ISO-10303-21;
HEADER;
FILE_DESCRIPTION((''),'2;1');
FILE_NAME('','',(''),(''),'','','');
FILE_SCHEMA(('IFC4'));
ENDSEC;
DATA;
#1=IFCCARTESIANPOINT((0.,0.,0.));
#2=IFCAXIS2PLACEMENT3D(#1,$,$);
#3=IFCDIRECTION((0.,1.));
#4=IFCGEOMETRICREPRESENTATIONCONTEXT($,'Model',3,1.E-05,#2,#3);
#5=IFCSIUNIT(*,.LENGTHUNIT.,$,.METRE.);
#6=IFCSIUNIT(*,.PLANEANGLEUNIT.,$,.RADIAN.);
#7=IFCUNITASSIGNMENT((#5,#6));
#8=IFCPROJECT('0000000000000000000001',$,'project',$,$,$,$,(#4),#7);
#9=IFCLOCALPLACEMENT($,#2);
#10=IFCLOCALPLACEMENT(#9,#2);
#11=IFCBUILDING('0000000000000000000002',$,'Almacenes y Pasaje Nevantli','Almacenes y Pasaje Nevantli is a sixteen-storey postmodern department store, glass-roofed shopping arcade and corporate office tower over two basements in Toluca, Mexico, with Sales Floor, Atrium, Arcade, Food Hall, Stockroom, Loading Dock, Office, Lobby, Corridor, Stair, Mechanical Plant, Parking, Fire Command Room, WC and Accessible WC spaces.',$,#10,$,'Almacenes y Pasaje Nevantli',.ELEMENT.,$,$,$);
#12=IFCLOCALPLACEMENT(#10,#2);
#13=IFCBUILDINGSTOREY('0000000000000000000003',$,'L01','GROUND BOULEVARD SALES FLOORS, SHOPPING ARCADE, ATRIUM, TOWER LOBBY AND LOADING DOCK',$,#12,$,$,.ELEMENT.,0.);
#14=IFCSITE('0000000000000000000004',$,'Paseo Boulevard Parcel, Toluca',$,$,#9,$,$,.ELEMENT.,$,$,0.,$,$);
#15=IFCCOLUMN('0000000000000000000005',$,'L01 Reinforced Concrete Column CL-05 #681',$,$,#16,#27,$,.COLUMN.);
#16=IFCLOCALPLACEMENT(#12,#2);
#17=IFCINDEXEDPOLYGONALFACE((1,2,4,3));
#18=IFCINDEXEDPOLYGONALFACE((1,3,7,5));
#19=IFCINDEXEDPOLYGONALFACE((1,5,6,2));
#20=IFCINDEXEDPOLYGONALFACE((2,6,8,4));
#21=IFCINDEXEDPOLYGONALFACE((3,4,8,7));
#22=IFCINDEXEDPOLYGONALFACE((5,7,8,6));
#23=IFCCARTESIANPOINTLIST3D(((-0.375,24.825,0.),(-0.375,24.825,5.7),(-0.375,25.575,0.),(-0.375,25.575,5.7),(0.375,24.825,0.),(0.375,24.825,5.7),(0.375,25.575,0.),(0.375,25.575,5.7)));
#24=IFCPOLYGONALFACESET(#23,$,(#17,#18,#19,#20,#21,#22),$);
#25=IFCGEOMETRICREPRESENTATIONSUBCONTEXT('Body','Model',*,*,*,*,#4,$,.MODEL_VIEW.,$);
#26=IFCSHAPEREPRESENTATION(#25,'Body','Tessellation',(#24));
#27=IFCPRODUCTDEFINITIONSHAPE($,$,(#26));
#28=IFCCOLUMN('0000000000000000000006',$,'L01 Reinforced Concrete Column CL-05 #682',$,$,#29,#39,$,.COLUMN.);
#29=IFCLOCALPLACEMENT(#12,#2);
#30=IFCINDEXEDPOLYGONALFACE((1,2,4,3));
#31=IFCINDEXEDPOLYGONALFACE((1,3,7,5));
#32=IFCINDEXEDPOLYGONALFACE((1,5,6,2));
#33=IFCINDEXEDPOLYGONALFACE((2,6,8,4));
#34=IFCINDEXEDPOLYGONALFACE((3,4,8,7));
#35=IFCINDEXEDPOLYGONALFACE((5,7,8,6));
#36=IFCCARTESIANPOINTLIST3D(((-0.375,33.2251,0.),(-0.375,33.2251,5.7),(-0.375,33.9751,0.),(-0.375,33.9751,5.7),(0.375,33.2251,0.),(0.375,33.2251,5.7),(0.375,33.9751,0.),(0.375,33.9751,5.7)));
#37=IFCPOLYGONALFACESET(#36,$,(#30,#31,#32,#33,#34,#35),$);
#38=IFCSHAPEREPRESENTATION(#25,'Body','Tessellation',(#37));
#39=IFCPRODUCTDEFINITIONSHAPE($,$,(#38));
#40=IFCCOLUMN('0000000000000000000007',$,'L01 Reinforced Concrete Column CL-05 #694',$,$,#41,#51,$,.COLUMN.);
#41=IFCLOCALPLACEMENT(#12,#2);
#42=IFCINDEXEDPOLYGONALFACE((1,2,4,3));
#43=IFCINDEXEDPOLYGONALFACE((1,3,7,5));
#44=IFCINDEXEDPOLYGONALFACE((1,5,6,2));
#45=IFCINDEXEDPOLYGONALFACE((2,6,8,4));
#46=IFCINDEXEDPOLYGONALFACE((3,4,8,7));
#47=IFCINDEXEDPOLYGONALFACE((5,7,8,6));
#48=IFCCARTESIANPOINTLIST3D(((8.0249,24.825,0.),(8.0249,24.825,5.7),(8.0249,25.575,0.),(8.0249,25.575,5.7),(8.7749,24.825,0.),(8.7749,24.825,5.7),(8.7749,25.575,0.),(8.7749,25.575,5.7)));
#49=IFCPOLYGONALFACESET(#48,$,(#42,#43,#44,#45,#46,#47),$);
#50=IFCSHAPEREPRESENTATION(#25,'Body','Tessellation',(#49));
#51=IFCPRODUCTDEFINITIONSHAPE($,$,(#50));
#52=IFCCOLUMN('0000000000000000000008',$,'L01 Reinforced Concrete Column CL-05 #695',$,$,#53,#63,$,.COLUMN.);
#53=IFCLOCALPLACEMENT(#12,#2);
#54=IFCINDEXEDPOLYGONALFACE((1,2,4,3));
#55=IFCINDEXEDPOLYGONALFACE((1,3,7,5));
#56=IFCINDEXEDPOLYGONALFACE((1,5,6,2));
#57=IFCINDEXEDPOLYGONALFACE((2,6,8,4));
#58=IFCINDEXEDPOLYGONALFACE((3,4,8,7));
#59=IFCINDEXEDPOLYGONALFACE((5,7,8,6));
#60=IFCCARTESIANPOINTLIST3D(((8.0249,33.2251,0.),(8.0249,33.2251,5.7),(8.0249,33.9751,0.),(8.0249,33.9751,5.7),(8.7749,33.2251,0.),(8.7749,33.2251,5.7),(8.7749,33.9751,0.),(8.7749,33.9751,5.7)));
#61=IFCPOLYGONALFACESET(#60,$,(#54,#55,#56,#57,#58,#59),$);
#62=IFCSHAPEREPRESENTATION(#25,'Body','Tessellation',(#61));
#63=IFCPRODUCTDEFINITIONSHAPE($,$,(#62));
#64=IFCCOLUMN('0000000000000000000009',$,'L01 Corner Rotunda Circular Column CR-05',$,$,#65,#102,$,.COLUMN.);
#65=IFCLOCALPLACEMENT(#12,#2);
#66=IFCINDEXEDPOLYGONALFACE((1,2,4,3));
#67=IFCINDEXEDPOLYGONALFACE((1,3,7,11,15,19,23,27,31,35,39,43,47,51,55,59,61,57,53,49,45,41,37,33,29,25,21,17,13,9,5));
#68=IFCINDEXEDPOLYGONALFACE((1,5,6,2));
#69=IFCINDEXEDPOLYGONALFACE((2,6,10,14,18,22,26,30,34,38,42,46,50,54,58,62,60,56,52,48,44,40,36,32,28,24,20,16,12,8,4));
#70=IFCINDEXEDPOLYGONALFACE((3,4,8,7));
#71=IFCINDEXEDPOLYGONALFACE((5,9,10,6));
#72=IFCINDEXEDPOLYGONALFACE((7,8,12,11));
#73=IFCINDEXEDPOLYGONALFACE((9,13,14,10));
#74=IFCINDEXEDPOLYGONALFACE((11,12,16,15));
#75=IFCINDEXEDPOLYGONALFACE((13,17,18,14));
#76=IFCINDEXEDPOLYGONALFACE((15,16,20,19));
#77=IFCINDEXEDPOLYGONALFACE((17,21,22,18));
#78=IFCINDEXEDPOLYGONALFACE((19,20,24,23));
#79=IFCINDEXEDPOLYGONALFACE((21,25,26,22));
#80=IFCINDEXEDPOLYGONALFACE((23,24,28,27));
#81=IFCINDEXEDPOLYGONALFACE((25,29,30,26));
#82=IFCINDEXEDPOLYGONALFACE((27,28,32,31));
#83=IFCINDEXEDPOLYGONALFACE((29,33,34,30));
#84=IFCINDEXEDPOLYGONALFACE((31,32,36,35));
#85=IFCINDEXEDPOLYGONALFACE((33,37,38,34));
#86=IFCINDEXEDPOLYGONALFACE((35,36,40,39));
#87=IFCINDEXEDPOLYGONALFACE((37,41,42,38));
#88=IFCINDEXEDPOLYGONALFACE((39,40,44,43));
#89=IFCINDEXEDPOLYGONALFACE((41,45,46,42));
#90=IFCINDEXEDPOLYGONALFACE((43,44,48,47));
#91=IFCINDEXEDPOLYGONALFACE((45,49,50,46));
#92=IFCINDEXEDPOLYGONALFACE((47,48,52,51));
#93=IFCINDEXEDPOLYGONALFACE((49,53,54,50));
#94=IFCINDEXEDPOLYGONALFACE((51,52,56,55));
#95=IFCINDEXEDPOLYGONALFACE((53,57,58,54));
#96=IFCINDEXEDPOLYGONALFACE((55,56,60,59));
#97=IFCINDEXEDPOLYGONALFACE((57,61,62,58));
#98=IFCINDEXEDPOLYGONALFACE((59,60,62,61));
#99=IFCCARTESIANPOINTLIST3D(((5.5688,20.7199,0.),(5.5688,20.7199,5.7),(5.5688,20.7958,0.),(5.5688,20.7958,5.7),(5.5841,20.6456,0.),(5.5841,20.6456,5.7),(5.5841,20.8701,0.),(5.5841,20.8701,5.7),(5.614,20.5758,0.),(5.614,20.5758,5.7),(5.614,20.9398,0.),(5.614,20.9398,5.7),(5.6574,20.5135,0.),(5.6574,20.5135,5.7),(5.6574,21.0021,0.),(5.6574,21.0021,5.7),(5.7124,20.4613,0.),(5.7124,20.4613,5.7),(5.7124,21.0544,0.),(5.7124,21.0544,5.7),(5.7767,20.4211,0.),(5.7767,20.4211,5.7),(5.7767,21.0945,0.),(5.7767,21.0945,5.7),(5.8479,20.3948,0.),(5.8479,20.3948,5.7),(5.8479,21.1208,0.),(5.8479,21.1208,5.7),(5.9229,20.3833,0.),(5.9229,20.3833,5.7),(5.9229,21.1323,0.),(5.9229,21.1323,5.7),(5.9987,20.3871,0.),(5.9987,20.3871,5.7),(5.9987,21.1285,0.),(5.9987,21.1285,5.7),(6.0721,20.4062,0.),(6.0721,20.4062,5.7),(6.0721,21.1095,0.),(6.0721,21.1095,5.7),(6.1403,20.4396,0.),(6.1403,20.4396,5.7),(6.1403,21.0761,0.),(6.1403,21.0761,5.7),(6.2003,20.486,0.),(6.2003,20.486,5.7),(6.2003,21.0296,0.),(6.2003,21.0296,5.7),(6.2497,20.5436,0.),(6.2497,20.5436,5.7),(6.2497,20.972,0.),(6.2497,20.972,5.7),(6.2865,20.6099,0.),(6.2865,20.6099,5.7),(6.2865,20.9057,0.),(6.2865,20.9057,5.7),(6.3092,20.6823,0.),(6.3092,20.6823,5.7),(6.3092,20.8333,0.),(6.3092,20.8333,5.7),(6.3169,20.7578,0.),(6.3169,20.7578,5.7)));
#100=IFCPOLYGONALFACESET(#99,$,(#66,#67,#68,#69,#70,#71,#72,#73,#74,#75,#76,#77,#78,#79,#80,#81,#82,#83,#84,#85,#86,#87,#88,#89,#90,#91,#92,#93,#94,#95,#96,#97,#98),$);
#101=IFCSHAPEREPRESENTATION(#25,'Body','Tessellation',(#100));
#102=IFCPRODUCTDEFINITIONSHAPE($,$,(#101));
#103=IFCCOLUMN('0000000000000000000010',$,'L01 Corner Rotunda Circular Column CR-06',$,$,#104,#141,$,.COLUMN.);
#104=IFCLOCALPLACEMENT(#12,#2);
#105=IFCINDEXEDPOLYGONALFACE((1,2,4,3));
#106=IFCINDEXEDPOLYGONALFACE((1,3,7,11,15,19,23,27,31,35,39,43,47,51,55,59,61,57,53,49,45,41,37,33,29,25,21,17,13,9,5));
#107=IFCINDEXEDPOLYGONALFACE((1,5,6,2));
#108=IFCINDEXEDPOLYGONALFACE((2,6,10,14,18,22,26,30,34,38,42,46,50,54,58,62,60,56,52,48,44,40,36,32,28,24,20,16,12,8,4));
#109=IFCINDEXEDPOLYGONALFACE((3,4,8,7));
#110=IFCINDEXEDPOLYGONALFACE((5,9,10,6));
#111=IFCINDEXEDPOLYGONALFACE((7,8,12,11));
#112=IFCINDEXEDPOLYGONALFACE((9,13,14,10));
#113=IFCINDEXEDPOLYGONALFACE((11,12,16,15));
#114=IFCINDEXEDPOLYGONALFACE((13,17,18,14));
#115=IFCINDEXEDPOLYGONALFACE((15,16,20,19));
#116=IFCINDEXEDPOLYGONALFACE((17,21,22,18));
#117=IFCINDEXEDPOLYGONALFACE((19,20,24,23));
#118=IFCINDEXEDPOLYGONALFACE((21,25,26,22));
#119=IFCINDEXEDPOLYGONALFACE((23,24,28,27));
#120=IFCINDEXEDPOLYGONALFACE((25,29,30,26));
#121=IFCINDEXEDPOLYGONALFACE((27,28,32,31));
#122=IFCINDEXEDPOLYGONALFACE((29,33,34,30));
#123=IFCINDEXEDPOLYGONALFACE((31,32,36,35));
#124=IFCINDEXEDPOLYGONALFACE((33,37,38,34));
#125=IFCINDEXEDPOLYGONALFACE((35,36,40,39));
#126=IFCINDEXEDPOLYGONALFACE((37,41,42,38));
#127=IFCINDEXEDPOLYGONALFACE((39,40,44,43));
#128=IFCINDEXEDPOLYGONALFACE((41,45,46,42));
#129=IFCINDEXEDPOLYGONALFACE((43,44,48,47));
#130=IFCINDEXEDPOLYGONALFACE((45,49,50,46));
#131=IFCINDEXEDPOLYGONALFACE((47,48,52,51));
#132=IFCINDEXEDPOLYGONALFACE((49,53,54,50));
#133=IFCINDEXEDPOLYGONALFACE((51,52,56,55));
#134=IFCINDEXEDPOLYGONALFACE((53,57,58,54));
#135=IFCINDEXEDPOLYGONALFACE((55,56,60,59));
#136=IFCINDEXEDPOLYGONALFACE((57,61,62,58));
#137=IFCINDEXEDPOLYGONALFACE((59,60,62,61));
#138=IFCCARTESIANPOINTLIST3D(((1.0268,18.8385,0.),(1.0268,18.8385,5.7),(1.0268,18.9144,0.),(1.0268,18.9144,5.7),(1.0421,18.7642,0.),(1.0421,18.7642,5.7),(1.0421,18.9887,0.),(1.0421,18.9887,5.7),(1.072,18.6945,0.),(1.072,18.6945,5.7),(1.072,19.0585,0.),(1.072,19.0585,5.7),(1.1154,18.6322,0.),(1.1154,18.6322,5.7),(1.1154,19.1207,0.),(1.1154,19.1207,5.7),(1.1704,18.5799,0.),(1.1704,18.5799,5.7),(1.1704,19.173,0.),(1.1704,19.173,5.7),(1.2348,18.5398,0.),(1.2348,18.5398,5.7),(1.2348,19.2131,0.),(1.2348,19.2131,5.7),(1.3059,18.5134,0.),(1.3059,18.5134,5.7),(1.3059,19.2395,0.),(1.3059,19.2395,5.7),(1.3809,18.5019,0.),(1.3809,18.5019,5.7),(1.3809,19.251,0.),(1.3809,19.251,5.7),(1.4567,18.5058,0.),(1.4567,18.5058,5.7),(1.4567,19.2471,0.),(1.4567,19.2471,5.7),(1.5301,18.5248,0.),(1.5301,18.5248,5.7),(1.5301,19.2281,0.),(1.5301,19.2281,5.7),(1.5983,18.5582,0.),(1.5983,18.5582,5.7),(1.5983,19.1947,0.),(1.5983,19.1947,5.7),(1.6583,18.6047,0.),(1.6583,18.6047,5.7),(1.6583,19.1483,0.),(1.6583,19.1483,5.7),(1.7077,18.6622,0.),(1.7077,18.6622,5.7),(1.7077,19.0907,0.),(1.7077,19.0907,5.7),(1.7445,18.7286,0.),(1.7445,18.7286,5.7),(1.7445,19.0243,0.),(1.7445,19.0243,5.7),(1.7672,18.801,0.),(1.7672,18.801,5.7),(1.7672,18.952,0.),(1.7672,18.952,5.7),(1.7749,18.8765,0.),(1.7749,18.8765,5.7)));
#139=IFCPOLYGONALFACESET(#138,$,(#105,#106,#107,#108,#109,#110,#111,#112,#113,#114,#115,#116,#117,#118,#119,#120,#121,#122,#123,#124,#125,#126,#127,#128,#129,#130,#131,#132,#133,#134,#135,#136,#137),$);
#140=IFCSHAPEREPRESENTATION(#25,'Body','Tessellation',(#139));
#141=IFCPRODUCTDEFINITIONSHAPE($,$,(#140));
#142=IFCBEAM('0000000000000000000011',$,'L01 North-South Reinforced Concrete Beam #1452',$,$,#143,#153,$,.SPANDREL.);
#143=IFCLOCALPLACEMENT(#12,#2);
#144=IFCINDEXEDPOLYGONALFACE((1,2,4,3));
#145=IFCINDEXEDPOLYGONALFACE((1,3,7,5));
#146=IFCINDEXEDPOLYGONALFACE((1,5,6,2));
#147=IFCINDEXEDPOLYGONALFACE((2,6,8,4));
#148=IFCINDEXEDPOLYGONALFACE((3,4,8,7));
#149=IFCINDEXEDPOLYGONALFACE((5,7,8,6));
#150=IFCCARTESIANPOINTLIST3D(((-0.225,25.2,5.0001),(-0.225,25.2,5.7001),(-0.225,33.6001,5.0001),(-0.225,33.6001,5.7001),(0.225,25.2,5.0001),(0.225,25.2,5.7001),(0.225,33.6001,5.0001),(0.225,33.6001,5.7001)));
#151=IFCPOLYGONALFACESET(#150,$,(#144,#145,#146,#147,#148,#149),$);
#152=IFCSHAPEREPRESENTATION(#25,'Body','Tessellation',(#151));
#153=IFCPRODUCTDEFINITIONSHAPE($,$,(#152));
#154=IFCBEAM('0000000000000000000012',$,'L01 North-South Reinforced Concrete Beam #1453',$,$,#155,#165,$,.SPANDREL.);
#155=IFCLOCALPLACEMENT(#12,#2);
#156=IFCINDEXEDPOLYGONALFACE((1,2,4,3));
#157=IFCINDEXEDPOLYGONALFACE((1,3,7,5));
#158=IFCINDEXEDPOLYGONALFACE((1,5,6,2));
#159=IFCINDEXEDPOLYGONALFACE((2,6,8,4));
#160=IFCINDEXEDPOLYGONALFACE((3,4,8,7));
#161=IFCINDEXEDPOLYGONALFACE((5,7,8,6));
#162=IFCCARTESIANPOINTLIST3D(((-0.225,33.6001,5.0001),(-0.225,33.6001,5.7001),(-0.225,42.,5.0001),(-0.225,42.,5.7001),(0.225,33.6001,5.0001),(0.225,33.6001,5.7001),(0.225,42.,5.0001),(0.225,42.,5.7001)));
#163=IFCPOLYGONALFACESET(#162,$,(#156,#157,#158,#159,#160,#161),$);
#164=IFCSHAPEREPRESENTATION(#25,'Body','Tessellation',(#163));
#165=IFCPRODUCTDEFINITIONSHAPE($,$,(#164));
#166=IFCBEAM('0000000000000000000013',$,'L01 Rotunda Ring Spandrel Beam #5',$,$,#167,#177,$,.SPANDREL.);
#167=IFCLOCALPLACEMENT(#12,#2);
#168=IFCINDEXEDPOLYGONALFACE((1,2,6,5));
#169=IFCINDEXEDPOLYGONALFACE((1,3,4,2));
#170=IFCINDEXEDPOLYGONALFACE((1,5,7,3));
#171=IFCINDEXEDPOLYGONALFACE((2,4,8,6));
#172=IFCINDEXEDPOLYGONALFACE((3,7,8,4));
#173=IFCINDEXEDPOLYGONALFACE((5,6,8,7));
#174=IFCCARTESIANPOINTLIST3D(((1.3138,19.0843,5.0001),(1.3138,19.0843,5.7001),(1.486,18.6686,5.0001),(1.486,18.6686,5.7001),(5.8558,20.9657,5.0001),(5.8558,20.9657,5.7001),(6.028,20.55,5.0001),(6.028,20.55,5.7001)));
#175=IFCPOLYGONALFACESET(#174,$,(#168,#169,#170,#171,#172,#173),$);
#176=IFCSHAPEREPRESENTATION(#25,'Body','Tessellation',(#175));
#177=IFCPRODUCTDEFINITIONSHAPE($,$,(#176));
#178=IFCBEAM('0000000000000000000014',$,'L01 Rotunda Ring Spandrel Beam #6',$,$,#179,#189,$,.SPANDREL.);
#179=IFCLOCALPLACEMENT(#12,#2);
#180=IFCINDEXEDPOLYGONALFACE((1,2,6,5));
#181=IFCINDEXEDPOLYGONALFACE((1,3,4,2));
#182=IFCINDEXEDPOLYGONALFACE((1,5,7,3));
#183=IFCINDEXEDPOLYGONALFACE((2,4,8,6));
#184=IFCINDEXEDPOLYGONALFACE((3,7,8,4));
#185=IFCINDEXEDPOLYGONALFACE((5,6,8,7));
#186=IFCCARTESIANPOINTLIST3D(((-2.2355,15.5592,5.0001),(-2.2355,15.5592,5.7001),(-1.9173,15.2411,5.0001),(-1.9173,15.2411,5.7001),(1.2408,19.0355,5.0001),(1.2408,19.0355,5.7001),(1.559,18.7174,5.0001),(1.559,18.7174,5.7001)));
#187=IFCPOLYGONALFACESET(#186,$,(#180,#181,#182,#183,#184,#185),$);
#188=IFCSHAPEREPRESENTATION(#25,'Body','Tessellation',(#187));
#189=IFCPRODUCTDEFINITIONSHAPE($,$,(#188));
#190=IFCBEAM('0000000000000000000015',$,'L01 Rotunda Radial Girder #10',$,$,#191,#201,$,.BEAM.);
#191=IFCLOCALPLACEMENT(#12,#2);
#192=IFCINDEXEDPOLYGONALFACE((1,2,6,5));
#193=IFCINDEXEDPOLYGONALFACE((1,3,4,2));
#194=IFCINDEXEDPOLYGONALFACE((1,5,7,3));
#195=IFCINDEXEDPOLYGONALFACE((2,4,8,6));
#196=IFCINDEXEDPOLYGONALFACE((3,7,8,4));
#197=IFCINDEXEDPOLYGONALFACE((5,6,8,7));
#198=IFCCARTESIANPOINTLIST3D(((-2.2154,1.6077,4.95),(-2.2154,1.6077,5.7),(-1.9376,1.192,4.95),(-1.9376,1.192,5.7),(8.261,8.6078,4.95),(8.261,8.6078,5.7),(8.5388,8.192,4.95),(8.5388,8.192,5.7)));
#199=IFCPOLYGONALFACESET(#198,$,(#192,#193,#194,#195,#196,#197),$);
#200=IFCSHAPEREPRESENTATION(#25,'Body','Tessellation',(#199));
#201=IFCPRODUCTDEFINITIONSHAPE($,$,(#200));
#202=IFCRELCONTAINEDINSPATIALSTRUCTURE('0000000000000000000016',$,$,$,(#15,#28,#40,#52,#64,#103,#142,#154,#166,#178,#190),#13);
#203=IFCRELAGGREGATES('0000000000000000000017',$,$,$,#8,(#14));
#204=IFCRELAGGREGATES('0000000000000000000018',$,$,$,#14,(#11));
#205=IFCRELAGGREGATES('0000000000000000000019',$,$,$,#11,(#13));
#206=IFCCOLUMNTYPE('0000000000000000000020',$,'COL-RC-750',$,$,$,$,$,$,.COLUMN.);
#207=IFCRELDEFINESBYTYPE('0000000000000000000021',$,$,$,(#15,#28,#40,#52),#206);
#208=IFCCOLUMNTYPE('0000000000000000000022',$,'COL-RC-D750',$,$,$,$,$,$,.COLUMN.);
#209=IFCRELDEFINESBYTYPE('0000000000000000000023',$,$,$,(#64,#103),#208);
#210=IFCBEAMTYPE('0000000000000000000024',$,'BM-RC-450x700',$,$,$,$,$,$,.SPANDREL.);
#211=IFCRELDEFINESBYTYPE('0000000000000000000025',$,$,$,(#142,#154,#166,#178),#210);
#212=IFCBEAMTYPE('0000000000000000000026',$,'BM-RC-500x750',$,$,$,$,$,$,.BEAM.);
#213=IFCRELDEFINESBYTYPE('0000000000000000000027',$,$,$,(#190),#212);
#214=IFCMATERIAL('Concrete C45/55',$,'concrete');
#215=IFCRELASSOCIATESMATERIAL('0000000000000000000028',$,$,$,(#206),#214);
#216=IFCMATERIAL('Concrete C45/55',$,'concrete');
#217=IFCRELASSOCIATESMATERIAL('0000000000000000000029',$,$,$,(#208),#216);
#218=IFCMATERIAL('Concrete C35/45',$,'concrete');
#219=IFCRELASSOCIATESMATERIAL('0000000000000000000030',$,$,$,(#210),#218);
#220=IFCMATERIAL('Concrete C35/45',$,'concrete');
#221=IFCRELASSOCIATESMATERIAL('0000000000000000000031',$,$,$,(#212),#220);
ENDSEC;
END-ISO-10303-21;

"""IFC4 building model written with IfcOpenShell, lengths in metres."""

from ifc_helpers import new_model, si_unit, direction, frame, origin, origin_2d, place, context, subcontext, project, spatial, rectangle, circle, extrude, material, material_profile, profile_set, type_object, element, save


model = new_model("IFC4")

# Units and contexts
model_context = context("Model", 3, precision=1e-05, world=origin(), true_north=direction((0.0, 1.0)))
body_context = subcontext(model_context, "Body", "Model", "MODEL_VIEW")
ifc_project = project(units=[si_unit("LENGTHUNIT", "METRE"), si_unit("PLANEANGLEUNIT", "RADIAN")], contexts=[model_context])

# Site, building, storey
site_placement = place(None, origin())
site = spatial("IfcSite", under=ifc_project, at=site_placement, Name="Paseo Boulevard Parcel, Toluca", CompositionType="ELEMENT", RefElevation=0.0)
building_placement = place(site_placement, origin())
building = spatial("IfcBuilding", under=site, at=building_placement, Name="Almacenes y Pasaje Nevantli", Description="Almacenes y Pasaje Nevantli is a sixteen-storey postmodern department store, glass-roofed shopping arcade and corporate office tower over two basements in Toluca, Mexico, with Sales Floor, Atrium, Arcade, Food Hall, Stockroom, Loading Dock, Office, Lobby, Corridor, Stair, Mechanical Plant, Parking, Fire Command Room, WC and Accessible WC spaces.", LongName="Almacenes y Pasaje Nevantli", CompositionType="ELEMENT")
storey_placement = place(building_placement, origin())
storey = spatial("IfcBuildingStorey", under=building, at=storey_placement, Name="L01", Description="GROUND BOULEVARD SALES FLOORS, SHOPPING ARCADE, ATRIUM, TOWER LOBBY AND LOADING DOCK", CompositionType="ELEMENT", Elevation=0.0)

# Columns
ifc_material_1 = material(Name="Concrete C45/55", Category="concrete")
ifc_material_profile_1 = material_profile(ifc_material_1, rectangle(XDim=0.75, YDim=0.75, at=origin_2d()), Name="RC-COL-750x750")
ifc_profile_set_1 = profile_set([ifc_material_profile_1], Name="Concrete C45/55")
column_type_1 = type_object("IfcColumnType", Name="COL-RC-750", PredefinedType="COLUMN", material=ifc_profile_set_1)
for number, where, z_axis, x_axis, name in (
    (1, (0.0, 25.2, 0.0), (0.0, 0.0, 1.0), (1.0, 0.0, 0.0), "L01 Reinforced Concrete Column CL-05 #681"),
    (2, (0.0, 33.6001, 0.0), (0.0, 0.0, 1.0), (1.0, 0.0, 0.0), "L01 Reinforced Concrete Column CL-05 #682"),
    (3, (8.3999, 25.2, 0.0), (0.0, 0.0, 1.0), (1.0, 0.0, 0.0), "L01 Reinforced Concrete Column CL-05 #694"),
    (4, (8.3999, 33.6001, 0.0), (0.0, 0.0, 1.0), (1.0, 0.0, 0.0), "L01 Reinforced Concrete Column CL-05 #695"),
):
    element("IfcColumn", number, at=place(storey_placement, frame(where, z_axis=z_axis, x_axis=x_axis)), inside=storey, type_object=column_type_1, Name=name, PredefinedType="COLUMN", context=body_context, shape_type="SweptSolid", body=[
        extrude(rectangle(XDim=0.75, YDim=0.75, at=origin_2d()), origin(), (0.0, 0.0, 1.0), 5.7),
    ])
ifc_material_2 = material(Name="Concrete C45/55", Category="concrete")
ifc_material_profile_2 = material_profile(ifc_material_2, circle(Radius=0.375, at=origin_2d()), Name="RC-COL-D750")
ifc_profile_set_2 = profile_set([ifc_material_profile_2], Name="Concrete C45/55")
column_type_2 = type_object("IfcColumnType", Name="COL-RC-D750", PredefinedType="COLUMN", material=ifc_profile_set_2)
for number, where, z_axis, x_axis, name in (
    (5, (5.9419, 20.7578, 0.0), (0.0, 0.0, 1.0), (1.0, 0.0, 0.0), "L01 Corner Rotunda Circular Column CR-05"),
    (6, (1.3999, 18.8765, 0.0), (0.0, 0.0, 1.0), (1.0, 0.0, 0.0), "L01 Corner Rotunda Circular Column CR-06"),
):
    element("IfcColumn", number, at=place(storey_placement, frame(where, z_axis=z_axis, x_axis=x_axis)), inside=storey, type_object=column_type_2, Name=name, PredefinedType="COLUMN", context=body_context, shape_type="SweptSolid", body=[
        extrude(circle(Radius=0.375, at=origin_2d()), origin(), (0.0, 0.0, 1.0), 5.7),
    ])

# Beams
ifc_material_3 = material(Name="Concrete C35/45", Category="concrete")
ifc_material_profile_3 = material_profile(ifc_material_3, rectangle(XDim=0.45, YDim=0.7, at=origin_2d()), Name="RC-BM-450x700")
ifc_profile_set_3 = profile_set([ifc_material_profile_3], Name="Concrete C35/45")
beam_type_1 = type_object("IfcBeamType", Name="BM-RC-450x700", PredefinedType="SPANDREL", material=ifc_profile_set_3)
beam_1_placement = place(storey_placement, frame((0.0, 25.2, 5.3501), z_axis=(0.0, 1.0, 0.0), x_axis=(-1.0, 0.0, 0.0)))
element("IfcBeam", 7, at=beam_1_placement, inside=storey, type_object=beam_type_1, Name="L01 North-South Reinforced Concrete Beam #1452", PredefinedType="SPANDREL", context=body_context, shape_type="SweptSolid", body=[
    extrude(rectangle(XDim=0.45, YDim=0.7, at=origin_2d()), origin(), (0.0, 0.0, 1.0), 8.4001),
])
beam_2_placement = place(storey_placement, frame((0.0, 33.6001, 5.3501), z_axis=(0.0, 1.0, 0.0), x_axis=(-1.0, 0.0, 0.0)))
element("IfcBeam", 8, at=beam_2_placement, inside=storey, type_object=beam_type_1, Name="L01 North-South Reinforced Concrete Beam #1453", PredefinedType="SPANDREL", context=body_context, shape_type="SweptSolid", body=[
    extrude(rectangle(XDim=0.45, YDim=0.7, at=origin_2d()), origin(), (0.0, 0.0, 1.0), 8.3999),
])
for number, where, z_axis, x_axis, name in (
    (9, (5.9419, 20.7578, 5.3501), (-0.92388, -0.382682, 0.0), (0.382682, -0.92388, 0.0), "L01 Rotunda Ring Spandrel Beam #5"),
    (10, (1.3999, 18.8765, 5.3501), (-0.707107, -0.707107, 0.0), (0.707107, -0.707107, 0.0), "L01 Rotunda Ring Spandrel Beam #6"),
):
    element("IfcBeam", number, at=place(storey_placement, frame(where, z_axis=z_axis, x_axis=x_axis)), inside=storey, type_object=beam_type_1, Name=name, PredefinedType="SPANDREL", context=body_context, shape_type="SweptSolid", body=[
        extrude(rectangle(XDim=0.45, YDim=0.7, at=origin_2d()), origin(), (0.0, 0.0, 1.0), 4.9163),
    ])
ifc_material_4 = material(Name="Concrete C35/45", Category="concrete")
ifc_material_profile_4 = material_profile(ifc_material_4, rectangle(XDim=0.5, YDim=0.75, at=origin_2d()), Name="RC-BM-500x750")
ifc_profile_set_4 = profile_set([ifc_material_profile_4], Name="Concrete C35/45")
beam_type_2 = type_object("IfcBeamType", Name="BM-RC-500x750", PredefinedType="BEAM", material=ifc_profile_set_4)
for number, where, z_axis, x_axis, name in (
    (11, (8.3999, 8.3999, 5.325), (-0.831472, -0.555567, 0.0), (0.555567, -0.831472, 0.0), "L01 Rotunda Radial Girder #10"),
):
    element("IfcBeam", number, at=place(storey_placement, frame(where, z_axis=z_axis, x_axis=x_axis)), inside=storey, type_object=beam_type_2, Name=name, PredefinedType="BEAM", context=body_context, shape_type="SweptSolid", body=[
        extrude(rectangle(XDim=0.5, YDim=0.75, at=origin_2d()), origin(), (0.0, 0.0, 1.0), 12.5999),
    ])

save(model, "model.ifc")
